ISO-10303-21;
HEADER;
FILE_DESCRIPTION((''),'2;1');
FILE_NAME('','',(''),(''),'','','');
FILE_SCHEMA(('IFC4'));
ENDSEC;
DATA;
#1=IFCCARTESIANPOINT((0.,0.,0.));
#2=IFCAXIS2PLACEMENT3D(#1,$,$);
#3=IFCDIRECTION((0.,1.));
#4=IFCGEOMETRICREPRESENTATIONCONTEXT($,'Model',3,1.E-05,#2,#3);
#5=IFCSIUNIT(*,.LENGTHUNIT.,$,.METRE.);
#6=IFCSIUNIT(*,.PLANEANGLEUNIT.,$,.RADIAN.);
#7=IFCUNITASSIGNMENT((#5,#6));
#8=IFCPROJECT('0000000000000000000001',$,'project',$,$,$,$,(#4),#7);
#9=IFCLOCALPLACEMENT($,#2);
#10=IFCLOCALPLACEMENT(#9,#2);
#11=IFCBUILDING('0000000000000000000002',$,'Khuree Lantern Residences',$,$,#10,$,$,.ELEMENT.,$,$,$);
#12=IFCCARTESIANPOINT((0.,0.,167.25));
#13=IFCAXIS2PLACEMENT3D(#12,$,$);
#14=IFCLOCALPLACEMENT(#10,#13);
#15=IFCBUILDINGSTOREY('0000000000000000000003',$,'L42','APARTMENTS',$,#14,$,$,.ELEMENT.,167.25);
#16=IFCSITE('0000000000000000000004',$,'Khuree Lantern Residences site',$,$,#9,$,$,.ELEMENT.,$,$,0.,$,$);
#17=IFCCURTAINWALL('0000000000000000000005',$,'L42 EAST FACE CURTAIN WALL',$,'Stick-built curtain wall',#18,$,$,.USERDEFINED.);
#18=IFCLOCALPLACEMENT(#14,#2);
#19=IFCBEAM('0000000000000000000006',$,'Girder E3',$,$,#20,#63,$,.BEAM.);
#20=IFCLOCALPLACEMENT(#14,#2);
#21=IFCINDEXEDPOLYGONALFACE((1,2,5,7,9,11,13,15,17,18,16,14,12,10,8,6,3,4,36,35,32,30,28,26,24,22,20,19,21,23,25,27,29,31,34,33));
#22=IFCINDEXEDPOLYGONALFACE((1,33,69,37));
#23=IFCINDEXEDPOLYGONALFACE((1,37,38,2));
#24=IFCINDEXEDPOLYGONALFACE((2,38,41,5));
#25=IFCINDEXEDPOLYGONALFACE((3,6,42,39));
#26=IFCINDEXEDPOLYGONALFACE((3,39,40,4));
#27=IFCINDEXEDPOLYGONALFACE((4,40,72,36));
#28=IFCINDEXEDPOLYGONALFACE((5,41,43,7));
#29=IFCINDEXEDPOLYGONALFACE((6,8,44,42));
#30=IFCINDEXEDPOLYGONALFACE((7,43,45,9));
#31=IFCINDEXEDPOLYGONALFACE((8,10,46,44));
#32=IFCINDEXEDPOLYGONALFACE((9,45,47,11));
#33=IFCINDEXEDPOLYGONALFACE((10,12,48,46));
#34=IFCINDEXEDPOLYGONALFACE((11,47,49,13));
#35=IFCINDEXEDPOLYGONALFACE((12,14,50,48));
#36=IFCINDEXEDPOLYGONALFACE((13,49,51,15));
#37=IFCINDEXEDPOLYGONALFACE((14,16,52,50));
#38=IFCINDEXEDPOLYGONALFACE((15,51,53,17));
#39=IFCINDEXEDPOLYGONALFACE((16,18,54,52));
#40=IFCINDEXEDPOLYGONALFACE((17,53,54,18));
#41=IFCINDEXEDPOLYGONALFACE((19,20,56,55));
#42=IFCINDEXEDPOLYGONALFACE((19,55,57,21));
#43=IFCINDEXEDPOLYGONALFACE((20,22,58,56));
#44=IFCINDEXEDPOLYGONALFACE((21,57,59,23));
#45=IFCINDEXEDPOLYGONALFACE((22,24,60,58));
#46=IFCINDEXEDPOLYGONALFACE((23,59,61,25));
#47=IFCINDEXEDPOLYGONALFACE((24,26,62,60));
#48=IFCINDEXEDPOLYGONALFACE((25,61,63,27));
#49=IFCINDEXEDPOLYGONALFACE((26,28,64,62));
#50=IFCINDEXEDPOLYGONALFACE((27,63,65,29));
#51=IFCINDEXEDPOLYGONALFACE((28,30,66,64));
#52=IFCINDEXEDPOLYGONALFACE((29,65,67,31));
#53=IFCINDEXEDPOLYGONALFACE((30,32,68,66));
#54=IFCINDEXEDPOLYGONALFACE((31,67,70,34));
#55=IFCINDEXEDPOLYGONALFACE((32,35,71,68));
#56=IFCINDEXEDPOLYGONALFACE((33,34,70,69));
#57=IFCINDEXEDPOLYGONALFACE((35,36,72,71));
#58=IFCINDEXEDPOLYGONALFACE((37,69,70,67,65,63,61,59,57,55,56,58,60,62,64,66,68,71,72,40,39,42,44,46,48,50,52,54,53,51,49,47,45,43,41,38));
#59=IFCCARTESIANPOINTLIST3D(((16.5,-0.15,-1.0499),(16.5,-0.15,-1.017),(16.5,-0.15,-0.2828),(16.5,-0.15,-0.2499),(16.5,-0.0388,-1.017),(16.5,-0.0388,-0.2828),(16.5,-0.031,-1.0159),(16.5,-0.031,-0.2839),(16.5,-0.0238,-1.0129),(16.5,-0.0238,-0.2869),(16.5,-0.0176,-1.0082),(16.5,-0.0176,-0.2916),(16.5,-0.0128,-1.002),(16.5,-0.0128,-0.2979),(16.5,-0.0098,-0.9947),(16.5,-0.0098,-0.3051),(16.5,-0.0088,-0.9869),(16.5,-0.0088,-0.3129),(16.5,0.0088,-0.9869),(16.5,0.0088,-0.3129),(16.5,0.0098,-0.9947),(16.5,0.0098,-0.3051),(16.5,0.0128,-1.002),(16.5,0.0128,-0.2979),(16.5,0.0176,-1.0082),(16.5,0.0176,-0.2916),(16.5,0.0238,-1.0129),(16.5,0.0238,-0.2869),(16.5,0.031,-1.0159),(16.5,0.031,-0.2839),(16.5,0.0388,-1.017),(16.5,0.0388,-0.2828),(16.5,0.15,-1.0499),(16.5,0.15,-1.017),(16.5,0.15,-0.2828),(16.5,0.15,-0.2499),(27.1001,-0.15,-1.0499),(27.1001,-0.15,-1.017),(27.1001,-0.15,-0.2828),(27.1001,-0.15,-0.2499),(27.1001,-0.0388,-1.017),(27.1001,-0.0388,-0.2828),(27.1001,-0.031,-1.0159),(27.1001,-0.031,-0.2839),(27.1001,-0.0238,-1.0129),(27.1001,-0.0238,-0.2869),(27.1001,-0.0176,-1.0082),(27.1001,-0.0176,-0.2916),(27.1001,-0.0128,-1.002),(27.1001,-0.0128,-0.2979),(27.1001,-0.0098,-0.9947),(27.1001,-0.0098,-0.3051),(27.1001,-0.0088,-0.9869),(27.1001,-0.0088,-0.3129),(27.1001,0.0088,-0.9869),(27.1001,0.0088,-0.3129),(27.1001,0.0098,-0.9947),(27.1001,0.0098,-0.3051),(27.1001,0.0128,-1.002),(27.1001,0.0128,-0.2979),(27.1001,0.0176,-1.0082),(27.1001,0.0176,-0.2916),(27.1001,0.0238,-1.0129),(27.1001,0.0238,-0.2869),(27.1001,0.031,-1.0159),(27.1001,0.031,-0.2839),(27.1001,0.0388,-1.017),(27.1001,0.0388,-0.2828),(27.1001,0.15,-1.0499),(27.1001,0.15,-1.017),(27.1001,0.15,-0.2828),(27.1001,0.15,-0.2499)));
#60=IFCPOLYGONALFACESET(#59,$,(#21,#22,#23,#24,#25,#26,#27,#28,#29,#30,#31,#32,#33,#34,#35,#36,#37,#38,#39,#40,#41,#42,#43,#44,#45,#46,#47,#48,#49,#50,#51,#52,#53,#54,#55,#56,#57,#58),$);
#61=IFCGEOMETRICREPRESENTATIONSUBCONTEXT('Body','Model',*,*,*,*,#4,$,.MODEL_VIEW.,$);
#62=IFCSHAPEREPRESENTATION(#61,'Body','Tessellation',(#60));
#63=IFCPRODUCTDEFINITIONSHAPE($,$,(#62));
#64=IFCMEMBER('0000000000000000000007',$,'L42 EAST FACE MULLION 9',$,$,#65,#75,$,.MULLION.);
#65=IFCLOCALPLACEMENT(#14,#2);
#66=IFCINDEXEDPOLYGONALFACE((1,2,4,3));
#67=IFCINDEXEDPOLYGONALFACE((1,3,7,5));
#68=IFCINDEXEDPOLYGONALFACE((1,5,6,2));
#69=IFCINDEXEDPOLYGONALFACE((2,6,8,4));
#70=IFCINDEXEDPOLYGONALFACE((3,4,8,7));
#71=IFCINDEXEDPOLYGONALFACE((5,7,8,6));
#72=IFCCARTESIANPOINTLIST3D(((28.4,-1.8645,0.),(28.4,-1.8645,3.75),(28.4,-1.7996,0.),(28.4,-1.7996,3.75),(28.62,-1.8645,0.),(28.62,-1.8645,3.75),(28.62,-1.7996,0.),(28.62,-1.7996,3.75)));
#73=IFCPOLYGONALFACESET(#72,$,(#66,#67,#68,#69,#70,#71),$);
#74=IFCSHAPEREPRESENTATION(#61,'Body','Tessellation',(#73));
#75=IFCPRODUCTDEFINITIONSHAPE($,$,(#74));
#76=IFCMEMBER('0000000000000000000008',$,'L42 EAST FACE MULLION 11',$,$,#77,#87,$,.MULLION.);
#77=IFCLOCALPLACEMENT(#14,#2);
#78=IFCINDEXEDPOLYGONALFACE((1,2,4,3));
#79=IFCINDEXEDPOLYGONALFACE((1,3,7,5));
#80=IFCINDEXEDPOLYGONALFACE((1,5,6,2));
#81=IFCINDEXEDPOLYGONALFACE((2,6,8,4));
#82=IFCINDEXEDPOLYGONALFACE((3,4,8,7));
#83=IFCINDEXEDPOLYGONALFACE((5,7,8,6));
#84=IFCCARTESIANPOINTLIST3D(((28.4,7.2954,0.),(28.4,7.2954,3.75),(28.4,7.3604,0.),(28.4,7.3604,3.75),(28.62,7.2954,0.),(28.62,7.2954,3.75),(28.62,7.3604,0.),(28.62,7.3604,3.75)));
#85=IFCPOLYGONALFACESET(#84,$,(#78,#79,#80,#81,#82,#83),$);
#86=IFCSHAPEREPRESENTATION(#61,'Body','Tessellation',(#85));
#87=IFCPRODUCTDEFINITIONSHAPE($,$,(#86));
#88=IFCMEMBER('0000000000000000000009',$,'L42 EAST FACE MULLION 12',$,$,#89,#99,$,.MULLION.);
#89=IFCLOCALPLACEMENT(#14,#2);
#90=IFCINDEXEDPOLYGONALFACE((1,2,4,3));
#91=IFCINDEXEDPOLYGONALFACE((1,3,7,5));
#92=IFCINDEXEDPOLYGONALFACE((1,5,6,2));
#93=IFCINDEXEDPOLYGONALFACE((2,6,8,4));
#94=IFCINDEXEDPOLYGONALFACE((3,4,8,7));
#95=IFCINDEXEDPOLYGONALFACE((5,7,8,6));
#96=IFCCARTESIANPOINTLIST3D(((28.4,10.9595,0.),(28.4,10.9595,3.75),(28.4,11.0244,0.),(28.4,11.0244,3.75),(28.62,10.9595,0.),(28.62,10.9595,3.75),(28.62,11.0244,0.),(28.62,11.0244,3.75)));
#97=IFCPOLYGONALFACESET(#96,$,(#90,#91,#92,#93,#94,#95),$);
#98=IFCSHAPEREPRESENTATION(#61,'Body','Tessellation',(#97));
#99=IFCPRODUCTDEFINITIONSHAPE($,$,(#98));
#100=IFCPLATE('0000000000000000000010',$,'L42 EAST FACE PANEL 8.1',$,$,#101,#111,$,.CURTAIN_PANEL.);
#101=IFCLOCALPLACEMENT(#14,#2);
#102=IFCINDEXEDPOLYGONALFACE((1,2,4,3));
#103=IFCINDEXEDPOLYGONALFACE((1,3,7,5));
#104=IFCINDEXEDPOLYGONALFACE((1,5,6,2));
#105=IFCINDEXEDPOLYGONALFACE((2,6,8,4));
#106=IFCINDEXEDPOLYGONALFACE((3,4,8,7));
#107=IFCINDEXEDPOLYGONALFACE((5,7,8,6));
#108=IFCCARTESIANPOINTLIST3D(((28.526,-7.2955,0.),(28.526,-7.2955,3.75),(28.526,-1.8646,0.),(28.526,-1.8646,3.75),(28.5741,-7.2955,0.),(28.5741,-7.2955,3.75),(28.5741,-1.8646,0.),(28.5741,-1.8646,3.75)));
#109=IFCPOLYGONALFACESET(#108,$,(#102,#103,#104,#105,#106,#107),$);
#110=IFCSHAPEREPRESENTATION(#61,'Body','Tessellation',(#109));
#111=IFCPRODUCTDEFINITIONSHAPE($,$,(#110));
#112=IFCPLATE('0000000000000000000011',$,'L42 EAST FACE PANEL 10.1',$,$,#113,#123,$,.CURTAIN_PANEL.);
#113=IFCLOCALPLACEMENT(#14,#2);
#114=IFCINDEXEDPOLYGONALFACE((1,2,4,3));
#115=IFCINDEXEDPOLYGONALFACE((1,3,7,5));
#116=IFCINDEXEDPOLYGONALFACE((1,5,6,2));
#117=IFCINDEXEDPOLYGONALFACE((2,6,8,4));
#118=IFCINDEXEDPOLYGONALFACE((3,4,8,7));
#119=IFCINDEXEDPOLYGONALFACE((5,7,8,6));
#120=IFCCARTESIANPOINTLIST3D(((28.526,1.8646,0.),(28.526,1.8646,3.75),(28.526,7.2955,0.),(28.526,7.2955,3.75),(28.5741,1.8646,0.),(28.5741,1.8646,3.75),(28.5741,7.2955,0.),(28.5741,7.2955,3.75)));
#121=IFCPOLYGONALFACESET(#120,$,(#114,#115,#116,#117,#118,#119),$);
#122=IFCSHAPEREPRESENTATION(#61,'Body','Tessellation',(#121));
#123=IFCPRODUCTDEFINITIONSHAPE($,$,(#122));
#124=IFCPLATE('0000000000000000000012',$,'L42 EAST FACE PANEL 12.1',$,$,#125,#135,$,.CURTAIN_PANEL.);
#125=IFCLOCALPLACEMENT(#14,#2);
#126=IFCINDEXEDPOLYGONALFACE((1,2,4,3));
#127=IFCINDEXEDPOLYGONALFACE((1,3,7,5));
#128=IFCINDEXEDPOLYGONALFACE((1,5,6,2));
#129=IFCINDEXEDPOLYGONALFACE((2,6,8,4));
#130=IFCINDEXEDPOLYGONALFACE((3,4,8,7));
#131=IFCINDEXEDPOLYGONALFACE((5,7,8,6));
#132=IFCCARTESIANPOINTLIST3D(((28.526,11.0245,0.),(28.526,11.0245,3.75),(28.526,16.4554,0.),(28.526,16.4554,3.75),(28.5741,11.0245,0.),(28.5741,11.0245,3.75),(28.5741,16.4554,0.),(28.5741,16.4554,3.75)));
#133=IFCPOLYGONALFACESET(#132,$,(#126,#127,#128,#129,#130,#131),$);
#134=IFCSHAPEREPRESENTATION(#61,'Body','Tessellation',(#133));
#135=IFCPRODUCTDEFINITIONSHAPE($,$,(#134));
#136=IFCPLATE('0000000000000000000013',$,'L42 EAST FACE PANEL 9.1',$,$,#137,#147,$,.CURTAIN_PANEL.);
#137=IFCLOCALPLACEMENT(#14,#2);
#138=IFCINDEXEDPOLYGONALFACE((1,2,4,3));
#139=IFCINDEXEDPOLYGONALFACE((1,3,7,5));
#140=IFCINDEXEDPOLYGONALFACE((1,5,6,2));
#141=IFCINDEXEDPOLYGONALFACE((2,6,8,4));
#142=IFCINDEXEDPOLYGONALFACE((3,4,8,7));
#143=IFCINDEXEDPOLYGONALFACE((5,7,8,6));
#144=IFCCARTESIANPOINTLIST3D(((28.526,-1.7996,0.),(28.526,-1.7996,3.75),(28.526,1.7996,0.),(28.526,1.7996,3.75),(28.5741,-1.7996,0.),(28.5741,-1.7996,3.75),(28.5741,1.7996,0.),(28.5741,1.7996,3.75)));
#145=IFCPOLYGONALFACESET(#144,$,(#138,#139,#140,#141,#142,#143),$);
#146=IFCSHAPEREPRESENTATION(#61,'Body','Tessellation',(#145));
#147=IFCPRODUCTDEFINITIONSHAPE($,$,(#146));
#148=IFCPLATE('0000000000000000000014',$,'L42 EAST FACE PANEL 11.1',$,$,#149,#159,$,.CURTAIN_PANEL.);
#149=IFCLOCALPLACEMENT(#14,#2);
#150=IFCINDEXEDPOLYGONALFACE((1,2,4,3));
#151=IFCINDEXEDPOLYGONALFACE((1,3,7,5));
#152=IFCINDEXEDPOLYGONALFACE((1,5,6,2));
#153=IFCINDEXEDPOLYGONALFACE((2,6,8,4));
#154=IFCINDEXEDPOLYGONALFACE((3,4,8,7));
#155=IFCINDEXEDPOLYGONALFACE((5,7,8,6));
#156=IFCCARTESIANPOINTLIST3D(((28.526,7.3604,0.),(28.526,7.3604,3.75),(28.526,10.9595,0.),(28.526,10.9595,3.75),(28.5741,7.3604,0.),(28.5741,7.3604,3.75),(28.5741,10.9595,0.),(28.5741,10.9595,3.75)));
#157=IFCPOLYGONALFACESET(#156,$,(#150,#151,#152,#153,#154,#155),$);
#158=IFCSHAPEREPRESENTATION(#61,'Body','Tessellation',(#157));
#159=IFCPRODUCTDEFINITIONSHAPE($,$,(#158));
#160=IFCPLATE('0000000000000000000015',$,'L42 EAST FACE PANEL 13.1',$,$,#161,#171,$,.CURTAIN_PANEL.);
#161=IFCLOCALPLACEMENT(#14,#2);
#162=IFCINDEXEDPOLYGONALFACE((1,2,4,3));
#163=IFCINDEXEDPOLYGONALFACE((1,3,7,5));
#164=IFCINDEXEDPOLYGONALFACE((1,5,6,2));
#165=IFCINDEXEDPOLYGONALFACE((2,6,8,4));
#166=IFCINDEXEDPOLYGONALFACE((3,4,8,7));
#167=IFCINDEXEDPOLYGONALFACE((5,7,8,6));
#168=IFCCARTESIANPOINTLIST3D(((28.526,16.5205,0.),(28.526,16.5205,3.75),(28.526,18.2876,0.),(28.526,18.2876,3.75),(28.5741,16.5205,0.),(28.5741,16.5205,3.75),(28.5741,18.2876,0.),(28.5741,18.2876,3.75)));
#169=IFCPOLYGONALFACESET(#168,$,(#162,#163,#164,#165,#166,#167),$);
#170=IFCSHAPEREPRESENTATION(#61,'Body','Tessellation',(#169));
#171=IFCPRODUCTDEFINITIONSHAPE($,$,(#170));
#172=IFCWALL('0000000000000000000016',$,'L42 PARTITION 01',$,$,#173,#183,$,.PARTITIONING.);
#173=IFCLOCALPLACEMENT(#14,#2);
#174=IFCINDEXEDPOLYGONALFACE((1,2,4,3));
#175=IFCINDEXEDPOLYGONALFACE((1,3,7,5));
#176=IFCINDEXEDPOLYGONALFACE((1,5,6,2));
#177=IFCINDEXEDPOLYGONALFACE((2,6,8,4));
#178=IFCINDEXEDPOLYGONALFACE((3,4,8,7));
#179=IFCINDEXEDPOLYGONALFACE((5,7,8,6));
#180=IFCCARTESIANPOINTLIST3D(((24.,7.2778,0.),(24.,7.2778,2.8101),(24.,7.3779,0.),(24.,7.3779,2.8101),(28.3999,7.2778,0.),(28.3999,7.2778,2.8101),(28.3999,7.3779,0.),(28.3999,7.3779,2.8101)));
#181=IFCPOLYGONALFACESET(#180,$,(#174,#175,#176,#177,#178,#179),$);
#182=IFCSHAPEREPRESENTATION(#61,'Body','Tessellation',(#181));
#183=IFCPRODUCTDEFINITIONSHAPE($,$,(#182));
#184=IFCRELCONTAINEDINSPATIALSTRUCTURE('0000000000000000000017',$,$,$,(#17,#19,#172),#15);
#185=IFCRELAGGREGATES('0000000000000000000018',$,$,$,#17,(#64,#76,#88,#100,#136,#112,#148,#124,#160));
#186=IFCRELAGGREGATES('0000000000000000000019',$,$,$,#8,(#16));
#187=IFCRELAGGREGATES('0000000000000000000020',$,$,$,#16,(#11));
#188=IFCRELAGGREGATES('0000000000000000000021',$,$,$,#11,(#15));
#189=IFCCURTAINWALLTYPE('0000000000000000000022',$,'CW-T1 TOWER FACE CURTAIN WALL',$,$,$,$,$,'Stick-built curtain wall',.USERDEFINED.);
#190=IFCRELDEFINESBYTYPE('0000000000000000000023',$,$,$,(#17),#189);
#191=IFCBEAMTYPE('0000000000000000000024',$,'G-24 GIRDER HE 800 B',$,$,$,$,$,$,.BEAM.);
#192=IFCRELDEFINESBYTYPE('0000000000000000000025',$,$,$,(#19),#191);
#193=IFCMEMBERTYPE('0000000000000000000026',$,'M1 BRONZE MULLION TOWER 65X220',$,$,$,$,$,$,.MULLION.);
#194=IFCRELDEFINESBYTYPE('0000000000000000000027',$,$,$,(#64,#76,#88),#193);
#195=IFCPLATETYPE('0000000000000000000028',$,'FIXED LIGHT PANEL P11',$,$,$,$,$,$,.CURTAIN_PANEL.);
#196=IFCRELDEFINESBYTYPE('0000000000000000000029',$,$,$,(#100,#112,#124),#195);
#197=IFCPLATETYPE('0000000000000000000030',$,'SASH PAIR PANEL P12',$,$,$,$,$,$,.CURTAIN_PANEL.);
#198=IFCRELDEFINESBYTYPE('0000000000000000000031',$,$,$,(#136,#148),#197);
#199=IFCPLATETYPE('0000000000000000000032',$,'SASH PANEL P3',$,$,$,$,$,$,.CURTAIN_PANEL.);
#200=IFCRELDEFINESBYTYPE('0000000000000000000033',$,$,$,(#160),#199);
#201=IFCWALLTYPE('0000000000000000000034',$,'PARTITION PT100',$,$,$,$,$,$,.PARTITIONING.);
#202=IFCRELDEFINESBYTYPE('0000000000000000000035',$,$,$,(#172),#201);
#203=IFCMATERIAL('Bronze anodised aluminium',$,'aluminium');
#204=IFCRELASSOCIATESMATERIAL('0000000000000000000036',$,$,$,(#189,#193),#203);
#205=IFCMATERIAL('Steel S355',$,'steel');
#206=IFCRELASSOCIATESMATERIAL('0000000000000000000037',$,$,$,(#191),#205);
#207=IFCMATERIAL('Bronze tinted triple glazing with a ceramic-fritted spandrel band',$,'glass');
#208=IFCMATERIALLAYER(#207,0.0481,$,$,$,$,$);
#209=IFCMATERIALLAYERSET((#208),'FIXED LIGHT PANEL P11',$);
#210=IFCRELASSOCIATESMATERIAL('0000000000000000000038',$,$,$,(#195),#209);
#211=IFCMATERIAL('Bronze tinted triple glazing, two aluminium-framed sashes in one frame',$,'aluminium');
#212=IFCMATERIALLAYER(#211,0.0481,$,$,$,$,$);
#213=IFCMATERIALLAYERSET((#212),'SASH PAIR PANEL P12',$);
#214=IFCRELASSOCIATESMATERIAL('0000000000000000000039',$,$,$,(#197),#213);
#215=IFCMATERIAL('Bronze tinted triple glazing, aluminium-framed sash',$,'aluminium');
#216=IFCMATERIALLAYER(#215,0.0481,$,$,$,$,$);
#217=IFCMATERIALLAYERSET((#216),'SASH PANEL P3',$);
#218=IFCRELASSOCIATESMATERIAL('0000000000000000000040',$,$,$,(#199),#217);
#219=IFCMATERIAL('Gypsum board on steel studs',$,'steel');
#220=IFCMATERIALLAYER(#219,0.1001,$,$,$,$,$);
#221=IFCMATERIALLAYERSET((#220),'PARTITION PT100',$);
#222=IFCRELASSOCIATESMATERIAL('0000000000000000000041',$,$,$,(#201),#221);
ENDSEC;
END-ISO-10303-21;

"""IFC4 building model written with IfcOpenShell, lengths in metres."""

from ifc_helpers import new_model, si_unit, direction, frame, frame_2d, origin, origin_2d, place, context, subcontext, project, spatial, rectangle, i_section, extrude, material, layer, layer_set, material_profile, profile_set, type_object, element, aggregate, save


model = new_model("IFC4")

# Units and contexts
model_context = context("Model", 3, precision=1e-05, world=origin(), true_north=direction((0.0, 1.0)))
body_context = subcontext(model_context, "Body", "Model", "MODEL_VIEW")
ifc_project = project(units=[si_unit("LENGTHUNIT", "METRE"), si_unit("PLANEANGLEUNIT", "RADIAN")], contexts=[model_context])

# Site, building, storey
site_placement = place(None, origin())
site = spatial("IfcSite", under=ifc_project, at=site_placement, Name="Khuree Lantern Residences site", CompositionType="ELEMENT", RefElevation=0.0)
building_placement = place(site_placement, origin())
building = spatial("IfcBuilding", under=site, at=building_placement, Name="Khuree Lantern Residences", CompositionType="ELEMENT")
storey_placement = place(building_placement, frame((0.0, 0.0, 167.25)))
storey = spatial("IfcBuildingStorey", under=building, at=storey_placement, Name="L42", Description="APARTMENTS", CompositionType="ELEMENT", Elevation=167.25)

# Shared definitions
ifc_material_1 = material(Name="Steel S355", Category="steel")

# Curtain wall
ifc_material_2 = material(Name="Bronze anodised aluminium", Category="aluminium")
curtain_wall_type = type_object("IfcCurtainWallType", Name="CW-T1 TOWER FACE CURTAIN WALL", ElementType="Stick-built curtain wall", PredefinedType="USERDEFINED", material=ifc_material_2)
curtain_wall_placement = place(storey_placement, origin())
curtain_wall = element("IfcCurtainWall", 1, at=curtain_wall_placement, inside=storey, type_object=curtain_wall_type, Name="L42 EAST FACE CURTAIN WALL", ObjectType="Stick-built curtain wall", PredefinedType="USERDEFINED")

# Beam
ifc_material_profile_1 = material_profile(ifc_material_1, i_section(OverallWidth=0.3, OverallDepth=0.8, WebThickness=0.0176, FlangeThickness=0.033, FilletRadius=0.03, at=origin_2d()), Name="HE 800 B")
ifc_profile_set_1 = profile_set([ifc_material_profile_1], Name="Steel S355")
beam_type_1 = type_object("IfcBeamType", Name="G-24 GIRDER HE 800 B", PredefinedType="BEAM", material=ifc_profile_set_1)
for number, where, z_axis, x_axis, name in (
    (2, (27.1001, 0.0, -0.6499), (-1.0, 0.0, 0.0), (0.0, -1.0, 0.0), "Girder E3"),
):
    element("IfcBeam", number, at=place(storey_placement, frame(where, z_axis=z_axis, x_axis=x_axis)), inside=storey, type_object=beam_type_1, Name=name, PredefinedType="BEAM", context=body_context, shape_type="SweptSolid", body=[
        extrude(i_section(OverallWidth=0.3, OverallDepth=0.8, WebThickness=0.0176, FlangeThickness=0.033, FilletRadius=0.03, at=origin_2d()), origin(), (0.0, 0.0, 1.0), 10.6001),
    ])

# Members
ifc_material_profile_2 = material_profile(ifc_material_2, rectangle(XDim=0.0649, YDim=0.22, at=origin_2d()), Name="M1 65X220")
ifc_profile_set_2 = profile_set([ifc_material_profile_2], Name="Bronze anodised aluminium")
member_type_1 = type_object("IfcMemberType", Name="M1 BRONZE MULLION TOWER 65X220", PredefinedType="MULLION", material=ifc_profile_set_2)
member_1_placement = place(storey_placement, frame((28.51, -1.832, 0.0), z_axis=(0.0, 0.0, 1.0), x_axis=(0.0, 1.0, 0.0)))
member_1 = element("IfcMember", 3, at=member_1_placement, type_object=member_type_1, Name="L42 EAST FACE MULLION 9", PredefinedType="MULLION", context=body_context, shape_type="SweptSolid", body=[
    extrude(rectangle(XDim=0.0649, YDim=0.22, at=origin_2d()), origin(), (0.0, 0.0, 1.0), 3.75),
])
member_2_placement = place(storey_placement, frame((28.51, 7.3279, 0.0), z_axis=(0.0, 0.0, 1.0), x_axis=(0.0, 1.0, 0.0)))
member_2 = element("IfcMember", 4, at=member_2_placement, type_object=member_type_1, Name="L42 EAST FACE MULLION 11", PredefinedType="MULLION", context=body_context, shape_type="SweptSolid", body=[
    extrude(rectangle(XDim=0.0649, YDim=0.22, at=origin_2d()), origin(), (0.0, 0.0, 1.0), 3.75),
])
member_3_placement = place(storey_placement, frame((28.51, 10.9919, 0.0), z_axis=(0.0, 0.0, 1.0), x_axis=(0.0, 1.0, 0.0)))
member_3 = element("IfcMember", 5, at=member_3_placement, type_object=member_type_1, Name="L42 EAST FACE MULLION 12", PredefinedType="MULLION", context=body_context, shape_type="SweptSolid", body=[
    extrude(rectangle(XDim=0.0649, YDim=0.22, at=origin_2d()), origin(), (0.0, 0.0, 1.0), 3.75),
])

# Plates
ifc_material_3 = material(Name="Bronze tinted triple glazing with a ceramic-fritted spandrel band", Category="glass")
ifc_layer_1 = layer(ifc_material_3, 0.0481)
ifc_layer_set_1 = layer_set([ifc_layer_1], Name="FIXED LIGHT PANEL P11")
plate_type_1 = type_object("IfcPlateType", Name="FIXED LIGHT PANEL P11", PredefinedType="CURTAIN_PANEL", material=ifc_layer_set_1)
plate_1_placement = place(storey_placement, frame((28.55, -4.5801, 0.0), z_axis=(0.0, 0.0, 1.0), x_axis=(0.0, 1.0, 0.0)))
plate_1 = element("IfcPlate", 6, at=plate_1_placement, type_object=plate_type_1, Name="L42 EAST FACE PANEL 8.1", PredefinedType="CURTAIN_PANEL", context=body_context, shape_type="SweptSolid", body=[
    extrude(rectangle(XDim=5.4309, YDim=0.0481, at=origin_2d()), origin(), (0.0, 0.0, 1.0), 3.75),
])
plate_2_placement = place(storey_placement, frame((28.55, 4.5801, 0.0), z_axis=(0.0, 0.0, 1.0), x_axis=(0.0, 1.0, 0.0)))
plate_2 = element("IfcPlate", 7, at=plate_2_placement, type_object=plate_type_1, Name="L42 EAST FACE PANEL 10.1", PredefinedType="CURTAIN_PANEL", context=body_context, shape_type="SweptSolid", body=[
    extrude(rectangle(XDim=5.4309, YDim=0.0481, at=origin_2d()), origin(), (0.0, 0.0, 1.0), 3.75),
])
plate_3_placement = place(storey_placement, frame((28.55, 13.74, 0.0), z_axis=(0.0, 0.0, 1.0), x_axis=(0.0, 1.0, 0.0)))
plate_3 = element("IfcPlate", 8, at=plate_3_placement, type_object=plate_type_1, Name="L42 EAST FACE PANEL 12.1", PredefinedType="CURTAIN_PANEL", context=body_context, shape_type="SweptSolid", body=[
    extrude(rectangle(XDim=5.4309, YDim=0.0481, at=origin_2d()), origin(), (0.0, 0.0, 1.0), 3.75),
])
ifc_material_4 = material(Name="Bronze tinted triple glazing, two aluminium-framed sashes in one frame", Category="aluminium")
ifc_layer_2 = layer(ifc_material_4, 0.0481)
ifc_layer_set_2 = layer_set([ifc_layer_2], Name="SASH PAIR PANEL P12")
plate_type_2 = type_object("IfcPlateType", Name="SASH PAIR PANEL P12", PredefinedType="CURTAIN_PANEL", material=ifc_layer_set_2)
plate_4_placement = place(storey_placement, frame((28.55, 0.0, 0.0), z_axis=(0.0, 0.0, 1.0), x_axis=(0.0, 1.0, 0.0)))
plate_4 = element("IfcPlate", 9, at=plate_4_placement, type_object=plate_type_2, Name="L42 EAST FACE PANEL 9.1", PredefinedType="CURTAIN_PANEL", context=body_context, shape_type="SweptSolid", body=[
    extrude(rectangle(XDim=3.5991, YDim=0.0481, at=origin_2d()), origin(), (0.0, 0.0, 1.0), 3.75),
])
plate_5_placement = place(storey_placement, frame((28.55, 9.1599, 0.0), z_axis=(0.0, 0.0, 1.0), x_axis=(0.0, 1.0, 0.0)))
plate_5 = element("IfcPlate", 10, at=plate_5_placement, type_object=plate_type_2, Name="L42 EAST FACE PANEL 11.1", PredefinedType="CURTAIN_PANEL", context=body_context, shape_type="SweptSolid", body=[
    extrude(rectangle(XDim=3.5991, YDim=0.0481, at=origin_2d()), origin(), (0.0, 0.0, 1.0), 3.75),
])
ifc_material_5 = material(Name="Bronze tinted triple glazing, aluminium-framed sash", Category="aluminium")
ifc_layer_3 = layer(ifc_material_5, 0.0481)
ifc_layer_set_3 = layer_set([ifc_layer_3], Name="SASH PANEL P3")
plate_type_3 = type_object("IfcPlateType", Name="SASH PANEL P3", PredefinedType="CURTAIN_PANEL", material=ifc_layer_set_3)
plate_6_placement = place(storey_placement, frame((28.55, 17.4041, 0.0), z_axis=(0.0, 0.0, 1.0), x_axis=(0.0, 1.0, 0.0)))
plate_6 = element("IfcPlate", 11, at=plate_6_placement, type_object=plate_type_3, Name="L42 EAST FACE PANEL 13.1", PredefinedType="CURTAIN_PANEL", context=body_context, shape_type="SweptSolid", body=[
    extrude(rectangle(XDim=1.7671, YDim=0.0481, at=origin_2d()), origin(), (0.0, 0.0, 1.0), 3.75),
])
aggregate(curtain_wall, [member_1, member_2, member_3, plate_1, plate_4, plate_2, plate_5, plate_3, plate_6])

# Wall
ifc_material_6 = material(Name="Gypsum board on steel studs", Category="steel")
ifc_layer_4 = layer(ifc_material_6, 0.1001)
ifc_layer_set_4 = layer_set([ifc_layer_4], Name="PARTITION PT100")
wall_type = type_object("IfcWallType", Name="PARTITION PT100", PredefinedType="PARTITIONING", material=ifc_layer_set_4)
wall_1_placement = place(storey_placement, frame((24.0, 7.3279, 0.0), z_axis=(0.0, 0.0, 1.0), x_axis=(1.0, 0.0, 0.0)))
element("IfcWall", 12, at=wall_1_placement, inside=storey, type_object=wall_type, Name="L42 PARTITION 01", PredefinedType="PARTITIONING", context=body_context, shape_type="SweptSolid", body=[
    extrude(rectangle(XDim=4.3999, YDim=0.1001, at=frame_2d((2.2, 0.0))), origin(), (0.0, 0.0, 1.0), 2.8101),
])

save(model, "model.ifc")
